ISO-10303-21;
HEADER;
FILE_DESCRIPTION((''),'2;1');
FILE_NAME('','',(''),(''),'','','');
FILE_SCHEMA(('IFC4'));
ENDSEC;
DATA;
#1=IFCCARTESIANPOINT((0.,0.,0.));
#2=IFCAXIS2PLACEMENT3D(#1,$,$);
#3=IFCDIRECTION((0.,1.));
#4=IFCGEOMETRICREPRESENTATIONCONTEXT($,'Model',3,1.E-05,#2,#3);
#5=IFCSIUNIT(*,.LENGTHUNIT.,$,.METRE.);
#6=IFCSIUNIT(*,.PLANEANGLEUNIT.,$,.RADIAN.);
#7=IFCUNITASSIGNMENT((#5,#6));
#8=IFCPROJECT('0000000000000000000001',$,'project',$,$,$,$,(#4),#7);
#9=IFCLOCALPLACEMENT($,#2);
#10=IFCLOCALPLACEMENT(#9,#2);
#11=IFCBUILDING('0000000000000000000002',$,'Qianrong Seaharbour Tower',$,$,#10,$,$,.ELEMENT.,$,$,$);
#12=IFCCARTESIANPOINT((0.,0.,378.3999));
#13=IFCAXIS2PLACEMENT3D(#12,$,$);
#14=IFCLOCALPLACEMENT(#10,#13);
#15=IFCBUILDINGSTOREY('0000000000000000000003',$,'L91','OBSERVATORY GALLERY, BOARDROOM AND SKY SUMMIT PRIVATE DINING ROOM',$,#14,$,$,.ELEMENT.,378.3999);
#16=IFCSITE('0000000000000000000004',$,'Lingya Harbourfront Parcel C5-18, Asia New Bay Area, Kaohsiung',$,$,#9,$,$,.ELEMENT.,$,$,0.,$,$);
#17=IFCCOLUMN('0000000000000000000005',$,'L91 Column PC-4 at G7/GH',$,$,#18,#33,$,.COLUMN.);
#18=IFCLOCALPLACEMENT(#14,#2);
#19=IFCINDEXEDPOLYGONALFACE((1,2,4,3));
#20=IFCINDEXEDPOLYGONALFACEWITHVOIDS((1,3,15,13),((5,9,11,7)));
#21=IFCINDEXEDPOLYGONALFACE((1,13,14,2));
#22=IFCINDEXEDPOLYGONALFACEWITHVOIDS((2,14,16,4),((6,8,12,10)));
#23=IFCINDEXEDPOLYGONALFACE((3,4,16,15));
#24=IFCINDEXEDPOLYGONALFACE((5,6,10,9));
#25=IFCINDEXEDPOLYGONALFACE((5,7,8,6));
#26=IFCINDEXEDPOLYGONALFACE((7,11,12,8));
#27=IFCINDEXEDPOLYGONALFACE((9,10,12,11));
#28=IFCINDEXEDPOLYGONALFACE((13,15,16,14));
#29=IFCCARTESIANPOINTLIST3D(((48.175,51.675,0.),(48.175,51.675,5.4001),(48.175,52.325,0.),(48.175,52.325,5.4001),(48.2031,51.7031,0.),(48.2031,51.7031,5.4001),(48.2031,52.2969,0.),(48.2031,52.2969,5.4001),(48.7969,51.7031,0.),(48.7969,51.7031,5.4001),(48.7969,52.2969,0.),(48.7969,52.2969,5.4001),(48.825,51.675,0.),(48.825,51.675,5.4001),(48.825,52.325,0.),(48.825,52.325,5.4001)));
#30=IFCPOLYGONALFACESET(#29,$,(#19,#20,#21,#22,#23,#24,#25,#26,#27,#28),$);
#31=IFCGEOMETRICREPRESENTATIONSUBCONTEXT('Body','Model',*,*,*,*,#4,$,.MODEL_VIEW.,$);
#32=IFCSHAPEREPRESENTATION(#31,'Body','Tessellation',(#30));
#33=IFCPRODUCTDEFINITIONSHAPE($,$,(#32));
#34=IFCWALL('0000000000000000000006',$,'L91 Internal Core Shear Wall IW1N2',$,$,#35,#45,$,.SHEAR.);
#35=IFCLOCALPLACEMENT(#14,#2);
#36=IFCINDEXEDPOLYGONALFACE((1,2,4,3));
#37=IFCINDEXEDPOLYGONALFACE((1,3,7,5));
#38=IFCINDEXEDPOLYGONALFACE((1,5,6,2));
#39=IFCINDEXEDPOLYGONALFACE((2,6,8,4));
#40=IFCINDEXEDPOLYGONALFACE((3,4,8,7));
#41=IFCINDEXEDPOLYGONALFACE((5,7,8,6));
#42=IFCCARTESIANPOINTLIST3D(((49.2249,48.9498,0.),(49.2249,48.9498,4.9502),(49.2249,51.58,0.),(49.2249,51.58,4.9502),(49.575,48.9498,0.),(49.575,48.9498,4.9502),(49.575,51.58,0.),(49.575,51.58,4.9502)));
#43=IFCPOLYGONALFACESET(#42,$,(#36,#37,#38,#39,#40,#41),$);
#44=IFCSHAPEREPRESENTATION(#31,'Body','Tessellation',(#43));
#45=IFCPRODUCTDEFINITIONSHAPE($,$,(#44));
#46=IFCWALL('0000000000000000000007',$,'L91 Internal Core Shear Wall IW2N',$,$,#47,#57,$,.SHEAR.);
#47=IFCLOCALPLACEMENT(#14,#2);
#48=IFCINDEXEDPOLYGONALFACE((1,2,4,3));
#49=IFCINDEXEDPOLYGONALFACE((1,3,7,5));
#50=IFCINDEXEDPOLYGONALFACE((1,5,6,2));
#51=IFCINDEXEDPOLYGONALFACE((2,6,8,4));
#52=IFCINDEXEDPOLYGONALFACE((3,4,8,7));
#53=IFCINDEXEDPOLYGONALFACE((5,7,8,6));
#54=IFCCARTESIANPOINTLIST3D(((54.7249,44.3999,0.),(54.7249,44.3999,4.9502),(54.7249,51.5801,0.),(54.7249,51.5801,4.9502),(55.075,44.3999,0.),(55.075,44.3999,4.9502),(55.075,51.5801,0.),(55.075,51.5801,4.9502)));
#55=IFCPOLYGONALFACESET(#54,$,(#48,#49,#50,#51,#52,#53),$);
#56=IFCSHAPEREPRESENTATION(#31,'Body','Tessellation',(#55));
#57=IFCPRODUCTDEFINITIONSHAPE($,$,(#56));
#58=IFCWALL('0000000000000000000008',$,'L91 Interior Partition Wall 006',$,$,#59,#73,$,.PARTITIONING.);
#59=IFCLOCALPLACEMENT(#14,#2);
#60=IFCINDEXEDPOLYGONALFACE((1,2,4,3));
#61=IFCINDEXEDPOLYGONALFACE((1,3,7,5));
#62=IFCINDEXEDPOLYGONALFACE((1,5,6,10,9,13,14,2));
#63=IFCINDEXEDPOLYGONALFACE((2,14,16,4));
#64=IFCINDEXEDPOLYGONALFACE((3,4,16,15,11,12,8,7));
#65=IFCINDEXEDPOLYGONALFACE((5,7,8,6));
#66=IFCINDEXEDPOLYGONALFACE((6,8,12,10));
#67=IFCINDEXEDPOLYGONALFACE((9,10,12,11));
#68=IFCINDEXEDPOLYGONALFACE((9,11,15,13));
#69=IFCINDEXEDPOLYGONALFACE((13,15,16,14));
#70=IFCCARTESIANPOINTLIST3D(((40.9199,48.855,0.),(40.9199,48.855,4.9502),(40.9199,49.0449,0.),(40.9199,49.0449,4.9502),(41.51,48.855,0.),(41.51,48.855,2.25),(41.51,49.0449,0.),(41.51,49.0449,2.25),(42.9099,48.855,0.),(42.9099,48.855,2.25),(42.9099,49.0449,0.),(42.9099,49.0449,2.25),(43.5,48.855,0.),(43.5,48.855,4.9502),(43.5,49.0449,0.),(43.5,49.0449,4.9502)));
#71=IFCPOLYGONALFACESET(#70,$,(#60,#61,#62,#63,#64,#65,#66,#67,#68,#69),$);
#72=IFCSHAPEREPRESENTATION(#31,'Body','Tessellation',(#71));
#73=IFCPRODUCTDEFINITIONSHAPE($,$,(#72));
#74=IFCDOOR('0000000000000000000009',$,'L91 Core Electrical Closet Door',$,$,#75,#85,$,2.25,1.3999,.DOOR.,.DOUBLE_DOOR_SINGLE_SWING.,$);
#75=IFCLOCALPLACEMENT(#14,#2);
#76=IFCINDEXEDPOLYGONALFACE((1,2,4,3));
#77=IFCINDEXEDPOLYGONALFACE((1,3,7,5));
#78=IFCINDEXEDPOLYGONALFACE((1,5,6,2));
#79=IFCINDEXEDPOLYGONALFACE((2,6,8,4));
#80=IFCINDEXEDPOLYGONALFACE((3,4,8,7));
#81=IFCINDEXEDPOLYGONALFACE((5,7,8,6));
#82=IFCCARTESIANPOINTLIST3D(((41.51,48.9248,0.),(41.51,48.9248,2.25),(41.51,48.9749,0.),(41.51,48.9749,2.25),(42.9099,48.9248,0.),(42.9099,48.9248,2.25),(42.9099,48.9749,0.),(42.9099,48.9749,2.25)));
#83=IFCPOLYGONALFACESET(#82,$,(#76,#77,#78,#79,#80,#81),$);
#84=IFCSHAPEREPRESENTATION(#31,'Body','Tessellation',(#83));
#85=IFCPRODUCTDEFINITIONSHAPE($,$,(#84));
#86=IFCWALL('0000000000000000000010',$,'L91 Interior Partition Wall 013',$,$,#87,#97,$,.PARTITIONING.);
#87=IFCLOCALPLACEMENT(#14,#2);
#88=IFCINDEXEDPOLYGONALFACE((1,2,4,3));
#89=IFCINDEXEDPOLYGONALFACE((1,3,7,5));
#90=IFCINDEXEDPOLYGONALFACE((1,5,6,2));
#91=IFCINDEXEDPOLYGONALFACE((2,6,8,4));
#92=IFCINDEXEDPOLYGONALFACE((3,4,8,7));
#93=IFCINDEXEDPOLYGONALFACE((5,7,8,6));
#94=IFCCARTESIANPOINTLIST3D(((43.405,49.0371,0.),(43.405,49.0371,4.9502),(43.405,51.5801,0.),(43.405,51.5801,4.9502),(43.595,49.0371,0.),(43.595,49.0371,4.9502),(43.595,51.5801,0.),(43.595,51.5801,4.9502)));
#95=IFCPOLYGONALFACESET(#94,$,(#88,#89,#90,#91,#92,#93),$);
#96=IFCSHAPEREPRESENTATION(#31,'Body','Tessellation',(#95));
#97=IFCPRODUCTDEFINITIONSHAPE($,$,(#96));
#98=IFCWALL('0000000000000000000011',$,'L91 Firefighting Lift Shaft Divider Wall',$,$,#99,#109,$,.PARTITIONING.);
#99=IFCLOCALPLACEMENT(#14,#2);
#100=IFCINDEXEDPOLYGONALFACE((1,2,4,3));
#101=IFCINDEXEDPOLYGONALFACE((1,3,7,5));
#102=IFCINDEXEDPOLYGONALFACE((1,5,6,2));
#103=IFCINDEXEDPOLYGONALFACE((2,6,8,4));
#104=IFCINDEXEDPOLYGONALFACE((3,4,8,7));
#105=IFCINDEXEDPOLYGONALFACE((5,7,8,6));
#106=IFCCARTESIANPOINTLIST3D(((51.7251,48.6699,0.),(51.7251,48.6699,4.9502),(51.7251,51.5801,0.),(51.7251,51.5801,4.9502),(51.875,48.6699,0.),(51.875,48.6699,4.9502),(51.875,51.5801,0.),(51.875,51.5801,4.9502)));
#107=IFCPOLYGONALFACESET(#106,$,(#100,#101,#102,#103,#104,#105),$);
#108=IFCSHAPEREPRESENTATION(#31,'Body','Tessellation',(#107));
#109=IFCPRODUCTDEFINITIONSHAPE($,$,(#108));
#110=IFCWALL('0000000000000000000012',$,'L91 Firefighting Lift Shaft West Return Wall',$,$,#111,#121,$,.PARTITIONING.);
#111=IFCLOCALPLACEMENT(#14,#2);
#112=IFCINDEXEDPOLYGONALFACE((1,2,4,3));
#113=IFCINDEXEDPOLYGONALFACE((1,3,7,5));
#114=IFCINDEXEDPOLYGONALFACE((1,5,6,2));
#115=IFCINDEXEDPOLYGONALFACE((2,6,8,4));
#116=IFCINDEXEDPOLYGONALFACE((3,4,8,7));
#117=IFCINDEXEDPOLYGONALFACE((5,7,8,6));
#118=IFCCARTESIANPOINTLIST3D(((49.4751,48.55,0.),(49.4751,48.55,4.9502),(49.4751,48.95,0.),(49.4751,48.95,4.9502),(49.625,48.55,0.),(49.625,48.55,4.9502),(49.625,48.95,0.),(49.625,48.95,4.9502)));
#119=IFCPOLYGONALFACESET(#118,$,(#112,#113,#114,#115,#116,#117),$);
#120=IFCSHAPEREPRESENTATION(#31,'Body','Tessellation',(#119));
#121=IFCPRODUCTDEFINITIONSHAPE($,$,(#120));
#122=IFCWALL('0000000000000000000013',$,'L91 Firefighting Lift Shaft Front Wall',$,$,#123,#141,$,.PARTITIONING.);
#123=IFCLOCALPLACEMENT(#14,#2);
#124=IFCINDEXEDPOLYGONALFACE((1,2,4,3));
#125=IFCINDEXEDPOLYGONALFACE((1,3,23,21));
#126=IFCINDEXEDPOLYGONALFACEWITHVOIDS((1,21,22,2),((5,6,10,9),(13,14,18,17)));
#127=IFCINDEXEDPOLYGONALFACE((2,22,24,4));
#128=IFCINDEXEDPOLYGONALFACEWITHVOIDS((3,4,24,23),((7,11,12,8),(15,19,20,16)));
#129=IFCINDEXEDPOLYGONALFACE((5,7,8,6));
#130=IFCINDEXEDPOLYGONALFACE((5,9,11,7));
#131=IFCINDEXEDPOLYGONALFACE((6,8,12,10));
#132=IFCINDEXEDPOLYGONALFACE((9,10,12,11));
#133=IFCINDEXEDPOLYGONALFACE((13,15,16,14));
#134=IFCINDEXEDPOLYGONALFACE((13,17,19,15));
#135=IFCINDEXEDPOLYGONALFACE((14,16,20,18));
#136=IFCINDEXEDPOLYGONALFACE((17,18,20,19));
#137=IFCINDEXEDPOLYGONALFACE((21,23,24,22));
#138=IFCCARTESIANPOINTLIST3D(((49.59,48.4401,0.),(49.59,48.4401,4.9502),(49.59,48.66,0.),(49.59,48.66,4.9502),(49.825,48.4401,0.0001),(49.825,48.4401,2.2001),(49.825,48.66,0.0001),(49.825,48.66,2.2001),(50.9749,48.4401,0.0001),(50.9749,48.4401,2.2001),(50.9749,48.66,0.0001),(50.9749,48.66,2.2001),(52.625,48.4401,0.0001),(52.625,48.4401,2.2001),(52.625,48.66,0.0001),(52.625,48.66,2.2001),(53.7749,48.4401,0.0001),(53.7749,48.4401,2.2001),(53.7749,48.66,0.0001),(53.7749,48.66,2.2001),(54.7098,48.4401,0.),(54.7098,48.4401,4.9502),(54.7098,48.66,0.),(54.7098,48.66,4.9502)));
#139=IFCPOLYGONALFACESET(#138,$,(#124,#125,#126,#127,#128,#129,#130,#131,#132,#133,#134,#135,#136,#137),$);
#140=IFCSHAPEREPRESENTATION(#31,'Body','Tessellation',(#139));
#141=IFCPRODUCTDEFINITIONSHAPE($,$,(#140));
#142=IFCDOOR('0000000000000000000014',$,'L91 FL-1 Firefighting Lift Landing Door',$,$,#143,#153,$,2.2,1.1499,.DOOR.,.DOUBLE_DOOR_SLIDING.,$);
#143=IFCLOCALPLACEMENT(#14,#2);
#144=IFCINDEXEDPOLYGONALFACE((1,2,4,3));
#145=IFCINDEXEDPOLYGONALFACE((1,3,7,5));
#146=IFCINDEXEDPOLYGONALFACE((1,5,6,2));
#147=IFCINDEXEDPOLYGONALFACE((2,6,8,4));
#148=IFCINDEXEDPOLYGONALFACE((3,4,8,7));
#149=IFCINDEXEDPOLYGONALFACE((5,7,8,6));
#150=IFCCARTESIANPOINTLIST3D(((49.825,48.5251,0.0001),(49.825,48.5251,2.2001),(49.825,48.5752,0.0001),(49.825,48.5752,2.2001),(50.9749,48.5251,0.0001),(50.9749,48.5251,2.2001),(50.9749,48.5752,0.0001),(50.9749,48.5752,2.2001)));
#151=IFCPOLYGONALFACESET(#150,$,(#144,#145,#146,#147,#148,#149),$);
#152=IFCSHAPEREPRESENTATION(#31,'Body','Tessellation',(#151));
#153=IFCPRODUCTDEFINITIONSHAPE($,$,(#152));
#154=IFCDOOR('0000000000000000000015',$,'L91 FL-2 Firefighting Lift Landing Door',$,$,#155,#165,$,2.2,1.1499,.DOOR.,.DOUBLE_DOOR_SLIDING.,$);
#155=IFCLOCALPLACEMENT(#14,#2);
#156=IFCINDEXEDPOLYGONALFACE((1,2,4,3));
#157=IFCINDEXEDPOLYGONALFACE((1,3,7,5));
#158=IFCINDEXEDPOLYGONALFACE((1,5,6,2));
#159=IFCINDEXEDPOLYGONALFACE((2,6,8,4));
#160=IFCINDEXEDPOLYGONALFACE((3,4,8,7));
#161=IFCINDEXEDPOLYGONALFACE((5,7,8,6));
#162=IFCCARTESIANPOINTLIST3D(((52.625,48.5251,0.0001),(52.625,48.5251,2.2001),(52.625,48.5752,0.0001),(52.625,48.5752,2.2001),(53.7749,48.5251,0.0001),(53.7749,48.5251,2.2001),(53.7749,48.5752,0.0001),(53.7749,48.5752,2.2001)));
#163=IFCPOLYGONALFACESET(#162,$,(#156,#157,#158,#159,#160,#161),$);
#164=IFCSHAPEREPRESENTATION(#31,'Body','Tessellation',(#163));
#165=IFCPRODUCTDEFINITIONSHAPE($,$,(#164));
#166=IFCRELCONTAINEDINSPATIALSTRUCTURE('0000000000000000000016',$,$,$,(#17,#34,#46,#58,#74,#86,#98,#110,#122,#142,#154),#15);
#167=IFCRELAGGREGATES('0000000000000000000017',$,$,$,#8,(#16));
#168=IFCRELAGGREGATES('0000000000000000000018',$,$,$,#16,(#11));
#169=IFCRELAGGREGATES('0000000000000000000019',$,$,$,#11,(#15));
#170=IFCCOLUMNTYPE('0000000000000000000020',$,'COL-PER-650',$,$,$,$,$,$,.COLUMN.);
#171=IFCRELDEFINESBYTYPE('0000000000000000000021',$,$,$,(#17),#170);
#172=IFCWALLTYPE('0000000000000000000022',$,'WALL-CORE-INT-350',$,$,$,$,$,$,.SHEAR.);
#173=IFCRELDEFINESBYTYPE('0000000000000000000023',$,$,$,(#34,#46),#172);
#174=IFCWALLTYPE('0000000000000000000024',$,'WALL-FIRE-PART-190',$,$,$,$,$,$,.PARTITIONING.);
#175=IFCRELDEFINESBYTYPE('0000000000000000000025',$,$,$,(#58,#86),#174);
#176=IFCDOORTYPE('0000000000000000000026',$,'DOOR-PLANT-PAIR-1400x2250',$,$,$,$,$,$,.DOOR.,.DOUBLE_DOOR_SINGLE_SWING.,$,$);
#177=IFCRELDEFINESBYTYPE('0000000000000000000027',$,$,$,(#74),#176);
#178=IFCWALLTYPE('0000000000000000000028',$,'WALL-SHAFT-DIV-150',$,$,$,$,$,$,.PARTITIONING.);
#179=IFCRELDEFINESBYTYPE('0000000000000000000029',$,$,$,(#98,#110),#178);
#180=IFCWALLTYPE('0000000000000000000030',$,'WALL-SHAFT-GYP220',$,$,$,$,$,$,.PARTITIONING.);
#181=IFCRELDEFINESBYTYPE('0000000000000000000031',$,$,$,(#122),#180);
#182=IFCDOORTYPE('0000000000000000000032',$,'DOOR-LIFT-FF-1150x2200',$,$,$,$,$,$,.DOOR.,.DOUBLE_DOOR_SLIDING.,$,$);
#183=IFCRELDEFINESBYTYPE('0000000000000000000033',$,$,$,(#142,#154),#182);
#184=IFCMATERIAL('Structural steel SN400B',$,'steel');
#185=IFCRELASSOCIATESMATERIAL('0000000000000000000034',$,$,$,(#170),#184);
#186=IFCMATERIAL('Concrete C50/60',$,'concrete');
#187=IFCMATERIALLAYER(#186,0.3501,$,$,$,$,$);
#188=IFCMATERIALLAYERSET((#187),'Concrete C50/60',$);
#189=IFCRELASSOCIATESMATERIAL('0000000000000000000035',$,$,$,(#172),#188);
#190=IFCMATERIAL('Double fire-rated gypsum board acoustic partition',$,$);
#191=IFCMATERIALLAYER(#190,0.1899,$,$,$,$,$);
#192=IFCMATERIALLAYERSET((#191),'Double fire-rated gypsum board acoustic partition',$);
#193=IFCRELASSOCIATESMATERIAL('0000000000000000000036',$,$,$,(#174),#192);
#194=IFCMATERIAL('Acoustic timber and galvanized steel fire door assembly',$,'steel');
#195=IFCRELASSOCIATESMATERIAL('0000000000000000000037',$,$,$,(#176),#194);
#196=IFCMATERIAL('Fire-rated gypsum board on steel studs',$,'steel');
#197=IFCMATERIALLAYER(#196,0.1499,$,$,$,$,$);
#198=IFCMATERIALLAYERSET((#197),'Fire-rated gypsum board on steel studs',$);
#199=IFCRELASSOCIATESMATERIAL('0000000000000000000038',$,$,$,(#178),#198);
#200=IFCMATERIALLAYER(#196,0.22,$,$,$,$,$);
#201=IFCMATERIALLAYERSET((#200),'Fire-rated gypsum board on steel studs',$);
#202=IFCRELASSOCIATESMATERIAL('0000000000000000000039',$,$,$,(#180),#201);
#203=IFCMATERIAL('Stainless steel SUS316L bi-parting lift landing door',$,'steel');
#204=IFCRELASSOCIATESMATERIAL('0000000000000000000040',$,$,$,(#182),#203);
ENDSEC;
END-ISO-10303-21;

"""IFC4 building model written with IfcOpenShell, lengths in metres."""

from ifc_helpers import new_model, si_unit, direction, frame, frame_2d, origin, origin_2d, place, context, subcontext, project, spatial, rectangle, hollow_rectangle, extrude, material, layer, layer_set, material_profile, profile_set, type_object, element, fill, save


model = new_model("IFC4")

# Units and contexts
model_context = context("Model", 3, precision=1e-05, world=origin(), true_north=direction((0.0, 1.0)))
body_context = subcontext(model_context, "Body", "Model", "MODEL_VIEW")
ifc_project = project(units=[si_unit("LENGTHUNIT", "METRE"), si_unit("PLANEANGLEUNIT", "RADIAN")], contexts=[model_context])

# Site, building, storey
site_placement = place(None, origin())
site = spatial("IfcSite", under=ifc_project, at=site_placement, Name="Lingya Harbourfront Parcel C5-18, Asia New Bay Area, Kaohsiung", CompositionType="ELEMENT", RefElevation=0.0)
building_placement = place(site_placement, origin())
building = spatial("IfcBuilding", under=site, at=building_placement, Name="Qianrong Seaharbour Tower", CompositionType="ELEMENT")
storey_placement = place(building_placement, frame((0.0, 0.0, 378.3999)))
storey = spatial("IfcBuildingStorey", under=building, at=storey_placement, Name="L91", Description="OBSERVATORY GALLERY, BOARDROOM AND SKY SUMMIT PRIVATE DINING ROOM", CompositionType="ELEMENT", Elevation=378.3999)

# Column
ifc_material_1 = material(Name="Structural steel SN400B", Category="steel")
ifc_material_profile = material_profile(ifc_material_1, hollow_rectangle(XDim=0.6499, YDim=0.6499, WallThickness=0.0281, at=origin_2d()), Name="BOX650x650x28")
ifc_profile_set = profile_set([ifc_material_profile], Name="Structural steel SN400B")
column_type = type_object("IfcColumnType", Name="COL-PER-650", PredefinedType="COLUMN", material=ifc_profile_set)
column_placement = place(storey_placement, frame((48.5, 52.0, 0.0), z_axis=(0.0, 0.0, 1.0), x_axis=(1.0, 0.0, 0.0)))
element("IfcColumn", 1, at=column_placement, inside=storey, type_object=column_type, Name="L91 Column PC-4 at G7/GH", PredefinedType="COLUMN", context=body_context, shape_type="SweptSolid", body=[
    extrude(hollow_rectangle(XDim=0.6499, YDim=0.6499, WallThickness=0.0281, at=origin_2d()), origin(), (0.0, 0.0, 1.0), 5.4001),
])

# Walls
ifc_material_2 = material(Name="Concrete C50/60", Category="concrete")
ifc_layer_1 = layer(ifc_material_2, 0.3501)
ifc_layer_set_1 = layer_set([ifc_layer_1], Name="Concrete C50/60")
wall_type_1 = type_object("IfcWallType", Name="WALL-CORE-INT-350", PredefinedType="SHEAR", material=ifc_layer_set_1)
wall_1_placement = place(storey_placement, frame((49.3999, 48.95, 0.0), z_axis=(0.0, 0.0, 1.0), x_axis=(0.0, 1.0, 0.0)))
element("IfcWall", 2, at=wall_1_placement, inside=storey, type_object=wall_type_1, Name="L91 Internal Core Shear Wall IW1N2", PredefinedType="SHEAR", context=body_context, shape_type="SweptSolid", body=[
    extrude(rectangle(XDim=2.6301, YDim=0.3501, at=frame_2d((1.3149, 0.0))), origin(), (0.0, 0.0, 1.0), 4.9502),
])
wall_2_placement = place(storey_placement, frame((54.8999, 44.3999, 0.0), z_axis=(0.0, 0.0, 1.0), x_axis=(0.0, 1.0, 0.0)))
element("IfcWall", 3, at=wall_2_placement, inside=storey, type_object=wall_type_1, Name="L91 Internal Core Shear Wall IW2N", PredefinedType="SHEAR", context=body_context, shape_type="SweptSolid", body=[
    extrude(rectangle(XDim=7.1802, YDim=0.3501, at=frame_2d((3.5901, 0.0))), origin(), (0.0, 0.0, 1.0), 4.9502),
])

# Wall, opening, door
ifc_material_3 = material(Name="Double fire-rated gypsum board acoustic partition")
ifc_layer_2 = layer(ifc_material_3, 0.1899)
ifc_layer_set_2 = layer_set([ifc_layer_2], Name="Double fire-rated gypsum board acoustic partition")
wall_type_2 = type_object("IfcWallType", Name="WALL-FIRE-PART-190", PredefinedType="PARTITIONING", material=ifc_layer_set_2)
wall_3_placement = place(storey_placement, frame((40.9199, 48.95, 0.0), z_axis=(0.0, 0.0, 1.0), x_axis=(1.0, 0.0, 0.0)))
wall_3 = element("IfcWall", 4, at=wall_3_placement, inside=storey, type_object=wall_type_2, Name="L91 Interior Partition Wall 006", PredefinedType="PARTITIONING", context=body_context, shape_type="SweptSolid", body=[
    extrude(rectangle(XDim=2.5801, YDim=0.1899, at=frame_2d((1.29, 0.0))), origin(), (0.0, 0.0, 1.0), 4.9502),
])
opening_1_placement = place(wall_3_placement, frame((0.5901, 0.0, 0.0)))
opening_1 = element("IfcOpeningElement", 5, at=opening_1_placement, cuts=wall_3, PredefinedType="OPENING", context=body_context, shape_type="SweptSolid", body=[
    extrude(rectangle(XDim=1.3999, YDim=2.25, at=frame_2d((0.7, 1.125))), frame((0.0, 0.105, 0.0), z_axis=(0.0, -1.0, 0.0), x_axis=(1.0, 0.0, 0.0)), (0.0, 0.0, 1.0), 0.21),
])
ifc_material_4 = material(Name="Acoustic timber and galvanized steel fire door assembly", Category="steel")
door_type_1 = type_object("IfcDoorType", Name="DOOR-PLANT-PAIR-1400x2250", OperationType="DOUBLE_DOOR_SINGLE_SWING", PredefinedType="DOOR", material=ifc_material_4)
door_1_placement = place(opening_1_placement, origin())
door_1 = element("IfcDoor", 6, at=door_1_placement, inside=storey, type_object=door_type_1, Name="L91 Core Electrical Closet Door", OperationType="DOUBLE_DOOR_SINGLE_SWING", OverallHeight=2.25, OverallWidth=1.3999, PredefinedType="DOOR", context=body_context, shape_type="SweptSolid", body=[
    extrude(rectangle(XDim=1.3999, YDim=2.25, at=frame_2d((0.7, 1.125))), frame((0.0, 0.0249, 0.0), z_axis=(0.0, -1.0, 0.0), x_axis=(1.0, 0.0, 0.0)), (0.0, 0.0, 1.0), 0.05),
])
fill(opening_1, door_1)

# Walls
wall_4_placement = place(storey_placement, frame((43.5, 51.5801, 0.0), z_axis=(0.0, 0.0, 1.0), x_axis=(0.0, -1.0, 0.0)))
element("IfcWall", 7, at=wall_4_placement, inside=storey, type_object=wall_type_2, Name="L91 Interior Partition Wall 013", PredefinedType="PARTITIONING", context=body_context, shape_type="SweptSolid", body=[
    extrude(rectangle(XDim=2.543, YDim=0.1899, at=frame_2d((1.2715, 0.0))), origin(), (0.0, 0.0, 1.0), 4.9502),
])
ifc_material_5 = material(Name="Fire-rated gypsum board on steel studs", Category="steel")
ifc_layer_3 = layer(ifc_material_5, 0.1499)
ifc_layer_set_3 = layer_set([ifc_layer_3], Name="Fire-rated gypsum board on steel studs")
wall_type_3 = type_object("IfcWallType", Name="WALL-SHAFT-DIV-150", PredefinedType="PARTITIONING", material=ifc_layer_set_3)
wall_5_placement = place(storey_placement, frame((51.8, 48.6699, 0.0), z_axis=(0.0, 0.0, 1.0), x_axis=(0.0, 1.0, 0.0)))
element("IfcWall", 8, at=wall_5_placement, inside=storey, type_object=wall_type_3, Name="L91 Firefighting Lift Shaft Divider Wall", PredefinedType="PARTITIONING", context=body_context, shape_type="SweptSolid", body=[
    extrude(rectangle(XDim=2.9102, YDim=0.1499, at=frame_2d((1.4551, 0.0))), origin(), (0.0, 0.0, 1.0), 4.9502),
])
wall_6_placement = place(storey_placement, frame((49.55, 48.55, 0.0), z_axis=(0.0, 0.0, 1.0), x_axis=(0.0, 1.0, 0.0)))
element("IfcWall", 9, at=wall_6_placement, inside=storey, type_object=wall_type_3, Name="L91 Firefighting Lift Shaft West Return Wall", PredefinedType="PARTITIONING", context=body_context, shape_type="SweptSolid", body=[
    extrude(rectangle(XDim=0.3999, YDim=0.1499, at=frame_2d((0.2, 0.0))), origin(), (0.0, 0.0, 1.0), 4.9502),
])

# Wall, openings, doors
ifc_layer_4 = layer(ifc_material_5, 0.22)
ifc_layer_set_4 = layer_set([ifc_layer_4], Name="Fire-rated gypsum board on steel studs")
wall_type_4 = type_object("IfcWallType", Name="WALL-SHAFT-GYP220", PredefinedType="PARTITIONING", material=ifc_layer_set_4)
wall_7_placement = place(storey_placement, frame((54.71, 48.55, 0.0), z_axis=(0.0, 0.0, 1.0), x_axis=(-1.0, 0.0, 0.0)))
wall_7 = element("IfcWall", 10, at=wall_7_placement, inside=storey, type_object=wall_type_4, Name="L91 Firefighting Lift Shaft Front Wall", PredefinedType="PARTITIONING", context=body_context, shape_type="SweptSolid", body=[
    extrude(rectangle(XDim=5.1199, YDim=0.22, at=frame_2d((2.5601, 0.0))), origin(), (0.0, 0.0, 1.0), 4.9502),
])
opening_2_placement = place(wall_7_placement, frame((3.7351, 0.0, 0.0)))
opening_2 = element("IfcOpeningElement", 11, at=opening_2_placement, cuts=wall_7, PredefinedType="OPENING", context=body_context, shape_type="SweptSolid", body=[
    extrude(rectangle(XDim=1.1499, YDim=2.2, at=frame_2d((0.575, 1.1001))), frame((0.0, 0.1201, 0.0), z_axis=(0.0, -1.0, 0.0), x_axis=(1.0, 0.0, 0.0)), (0.0, 0.0, 1.0), 0.24),
])
opening_3_placement = place(wall_7_placement, frame((0.9351, 0.0, 0.0)))
opening_3 = element("IfcOpeningElement", 12, at=opening_3_placement, cuts=wall_7, PredefinedType="OPENING", context=body_context, shape_type="SweptSolid", body=[
    extrude(rectangle(XDim=1.1499, YDim=2.2, at=frame_2d((0.575, 1.1001))), frame((0.0, 0.1201, 0.0), z_axis=(0.0, -1.0, 0.0), x_axis=(1.0, 0.0, 0.0)), (0.0, 0.0, 1.0), 0.24),
])
ifc_material_6 = material(Name="Stainless steel SUS316L bi-parting lift landing door", Category="steel")
door_type_2 = type_object("IfcDoorType", Name="DOOR-LIFT-FF-1150x2200", OperationType="DOUBLE_DOOR_SLIDING", PredefinedType="DOOR", material=ifc_material_6)
door_2_placement = place(opening_2_placement, origin())
door_2 = element("IfcDoor", 13, at=door_2_placement, inside=storey, type_object=door_type_2, Name="L91 FL-1 Firefighting Lift Landing Door", OperationType="DOUBLE_DOOR_SLIDING", OverallHeight=2.2, OverallWidth=1.1499, PredefinedType="DOOR", context=body_context, shape_type="SweptSolid", body=[
    extrude(rectangle(XDim=1.1499, YDim=2.2, at=frame_2d((0.575, 1.1001))), frame((0.0, 0.0249, 0.0), z_axis=(0.0, -1.0, 0.0), x_axis=(1.0, 0.0, 0.0)), (0.0, 0.0, 1.0), 0.05),
])
fill(opening_2, door_2)
door_3_placement = place(opening_3_placement, origin())
door_3 = element("IfcDoor", 14, at=door_3_placement, inside=storey, type_object=door_type_2, Name="L91 FL-2 Firefighting Lift Landing Door", OperationType="DOUBLE_DOOR_SLIDING", OverallHeight=2.2, OverallWidth=1.1499, PredefinedType="DOOR", context=body_context, shape_type="SweptSolid", body=[
    extrude(rectangle(XDim=1.1499, YDim=2.2, at=frame_2d((0.575, 1.1001))), frame((0.0, 0.0249, 0.0), z_axis=(0.0, -1.0, 0.0), x_axis=(1.0, 0.0, 0.0)), (0.0, 0.0, 1.0), 0.05),
])
fill(opening_3, door_3)

save(model, "model.ifc")
